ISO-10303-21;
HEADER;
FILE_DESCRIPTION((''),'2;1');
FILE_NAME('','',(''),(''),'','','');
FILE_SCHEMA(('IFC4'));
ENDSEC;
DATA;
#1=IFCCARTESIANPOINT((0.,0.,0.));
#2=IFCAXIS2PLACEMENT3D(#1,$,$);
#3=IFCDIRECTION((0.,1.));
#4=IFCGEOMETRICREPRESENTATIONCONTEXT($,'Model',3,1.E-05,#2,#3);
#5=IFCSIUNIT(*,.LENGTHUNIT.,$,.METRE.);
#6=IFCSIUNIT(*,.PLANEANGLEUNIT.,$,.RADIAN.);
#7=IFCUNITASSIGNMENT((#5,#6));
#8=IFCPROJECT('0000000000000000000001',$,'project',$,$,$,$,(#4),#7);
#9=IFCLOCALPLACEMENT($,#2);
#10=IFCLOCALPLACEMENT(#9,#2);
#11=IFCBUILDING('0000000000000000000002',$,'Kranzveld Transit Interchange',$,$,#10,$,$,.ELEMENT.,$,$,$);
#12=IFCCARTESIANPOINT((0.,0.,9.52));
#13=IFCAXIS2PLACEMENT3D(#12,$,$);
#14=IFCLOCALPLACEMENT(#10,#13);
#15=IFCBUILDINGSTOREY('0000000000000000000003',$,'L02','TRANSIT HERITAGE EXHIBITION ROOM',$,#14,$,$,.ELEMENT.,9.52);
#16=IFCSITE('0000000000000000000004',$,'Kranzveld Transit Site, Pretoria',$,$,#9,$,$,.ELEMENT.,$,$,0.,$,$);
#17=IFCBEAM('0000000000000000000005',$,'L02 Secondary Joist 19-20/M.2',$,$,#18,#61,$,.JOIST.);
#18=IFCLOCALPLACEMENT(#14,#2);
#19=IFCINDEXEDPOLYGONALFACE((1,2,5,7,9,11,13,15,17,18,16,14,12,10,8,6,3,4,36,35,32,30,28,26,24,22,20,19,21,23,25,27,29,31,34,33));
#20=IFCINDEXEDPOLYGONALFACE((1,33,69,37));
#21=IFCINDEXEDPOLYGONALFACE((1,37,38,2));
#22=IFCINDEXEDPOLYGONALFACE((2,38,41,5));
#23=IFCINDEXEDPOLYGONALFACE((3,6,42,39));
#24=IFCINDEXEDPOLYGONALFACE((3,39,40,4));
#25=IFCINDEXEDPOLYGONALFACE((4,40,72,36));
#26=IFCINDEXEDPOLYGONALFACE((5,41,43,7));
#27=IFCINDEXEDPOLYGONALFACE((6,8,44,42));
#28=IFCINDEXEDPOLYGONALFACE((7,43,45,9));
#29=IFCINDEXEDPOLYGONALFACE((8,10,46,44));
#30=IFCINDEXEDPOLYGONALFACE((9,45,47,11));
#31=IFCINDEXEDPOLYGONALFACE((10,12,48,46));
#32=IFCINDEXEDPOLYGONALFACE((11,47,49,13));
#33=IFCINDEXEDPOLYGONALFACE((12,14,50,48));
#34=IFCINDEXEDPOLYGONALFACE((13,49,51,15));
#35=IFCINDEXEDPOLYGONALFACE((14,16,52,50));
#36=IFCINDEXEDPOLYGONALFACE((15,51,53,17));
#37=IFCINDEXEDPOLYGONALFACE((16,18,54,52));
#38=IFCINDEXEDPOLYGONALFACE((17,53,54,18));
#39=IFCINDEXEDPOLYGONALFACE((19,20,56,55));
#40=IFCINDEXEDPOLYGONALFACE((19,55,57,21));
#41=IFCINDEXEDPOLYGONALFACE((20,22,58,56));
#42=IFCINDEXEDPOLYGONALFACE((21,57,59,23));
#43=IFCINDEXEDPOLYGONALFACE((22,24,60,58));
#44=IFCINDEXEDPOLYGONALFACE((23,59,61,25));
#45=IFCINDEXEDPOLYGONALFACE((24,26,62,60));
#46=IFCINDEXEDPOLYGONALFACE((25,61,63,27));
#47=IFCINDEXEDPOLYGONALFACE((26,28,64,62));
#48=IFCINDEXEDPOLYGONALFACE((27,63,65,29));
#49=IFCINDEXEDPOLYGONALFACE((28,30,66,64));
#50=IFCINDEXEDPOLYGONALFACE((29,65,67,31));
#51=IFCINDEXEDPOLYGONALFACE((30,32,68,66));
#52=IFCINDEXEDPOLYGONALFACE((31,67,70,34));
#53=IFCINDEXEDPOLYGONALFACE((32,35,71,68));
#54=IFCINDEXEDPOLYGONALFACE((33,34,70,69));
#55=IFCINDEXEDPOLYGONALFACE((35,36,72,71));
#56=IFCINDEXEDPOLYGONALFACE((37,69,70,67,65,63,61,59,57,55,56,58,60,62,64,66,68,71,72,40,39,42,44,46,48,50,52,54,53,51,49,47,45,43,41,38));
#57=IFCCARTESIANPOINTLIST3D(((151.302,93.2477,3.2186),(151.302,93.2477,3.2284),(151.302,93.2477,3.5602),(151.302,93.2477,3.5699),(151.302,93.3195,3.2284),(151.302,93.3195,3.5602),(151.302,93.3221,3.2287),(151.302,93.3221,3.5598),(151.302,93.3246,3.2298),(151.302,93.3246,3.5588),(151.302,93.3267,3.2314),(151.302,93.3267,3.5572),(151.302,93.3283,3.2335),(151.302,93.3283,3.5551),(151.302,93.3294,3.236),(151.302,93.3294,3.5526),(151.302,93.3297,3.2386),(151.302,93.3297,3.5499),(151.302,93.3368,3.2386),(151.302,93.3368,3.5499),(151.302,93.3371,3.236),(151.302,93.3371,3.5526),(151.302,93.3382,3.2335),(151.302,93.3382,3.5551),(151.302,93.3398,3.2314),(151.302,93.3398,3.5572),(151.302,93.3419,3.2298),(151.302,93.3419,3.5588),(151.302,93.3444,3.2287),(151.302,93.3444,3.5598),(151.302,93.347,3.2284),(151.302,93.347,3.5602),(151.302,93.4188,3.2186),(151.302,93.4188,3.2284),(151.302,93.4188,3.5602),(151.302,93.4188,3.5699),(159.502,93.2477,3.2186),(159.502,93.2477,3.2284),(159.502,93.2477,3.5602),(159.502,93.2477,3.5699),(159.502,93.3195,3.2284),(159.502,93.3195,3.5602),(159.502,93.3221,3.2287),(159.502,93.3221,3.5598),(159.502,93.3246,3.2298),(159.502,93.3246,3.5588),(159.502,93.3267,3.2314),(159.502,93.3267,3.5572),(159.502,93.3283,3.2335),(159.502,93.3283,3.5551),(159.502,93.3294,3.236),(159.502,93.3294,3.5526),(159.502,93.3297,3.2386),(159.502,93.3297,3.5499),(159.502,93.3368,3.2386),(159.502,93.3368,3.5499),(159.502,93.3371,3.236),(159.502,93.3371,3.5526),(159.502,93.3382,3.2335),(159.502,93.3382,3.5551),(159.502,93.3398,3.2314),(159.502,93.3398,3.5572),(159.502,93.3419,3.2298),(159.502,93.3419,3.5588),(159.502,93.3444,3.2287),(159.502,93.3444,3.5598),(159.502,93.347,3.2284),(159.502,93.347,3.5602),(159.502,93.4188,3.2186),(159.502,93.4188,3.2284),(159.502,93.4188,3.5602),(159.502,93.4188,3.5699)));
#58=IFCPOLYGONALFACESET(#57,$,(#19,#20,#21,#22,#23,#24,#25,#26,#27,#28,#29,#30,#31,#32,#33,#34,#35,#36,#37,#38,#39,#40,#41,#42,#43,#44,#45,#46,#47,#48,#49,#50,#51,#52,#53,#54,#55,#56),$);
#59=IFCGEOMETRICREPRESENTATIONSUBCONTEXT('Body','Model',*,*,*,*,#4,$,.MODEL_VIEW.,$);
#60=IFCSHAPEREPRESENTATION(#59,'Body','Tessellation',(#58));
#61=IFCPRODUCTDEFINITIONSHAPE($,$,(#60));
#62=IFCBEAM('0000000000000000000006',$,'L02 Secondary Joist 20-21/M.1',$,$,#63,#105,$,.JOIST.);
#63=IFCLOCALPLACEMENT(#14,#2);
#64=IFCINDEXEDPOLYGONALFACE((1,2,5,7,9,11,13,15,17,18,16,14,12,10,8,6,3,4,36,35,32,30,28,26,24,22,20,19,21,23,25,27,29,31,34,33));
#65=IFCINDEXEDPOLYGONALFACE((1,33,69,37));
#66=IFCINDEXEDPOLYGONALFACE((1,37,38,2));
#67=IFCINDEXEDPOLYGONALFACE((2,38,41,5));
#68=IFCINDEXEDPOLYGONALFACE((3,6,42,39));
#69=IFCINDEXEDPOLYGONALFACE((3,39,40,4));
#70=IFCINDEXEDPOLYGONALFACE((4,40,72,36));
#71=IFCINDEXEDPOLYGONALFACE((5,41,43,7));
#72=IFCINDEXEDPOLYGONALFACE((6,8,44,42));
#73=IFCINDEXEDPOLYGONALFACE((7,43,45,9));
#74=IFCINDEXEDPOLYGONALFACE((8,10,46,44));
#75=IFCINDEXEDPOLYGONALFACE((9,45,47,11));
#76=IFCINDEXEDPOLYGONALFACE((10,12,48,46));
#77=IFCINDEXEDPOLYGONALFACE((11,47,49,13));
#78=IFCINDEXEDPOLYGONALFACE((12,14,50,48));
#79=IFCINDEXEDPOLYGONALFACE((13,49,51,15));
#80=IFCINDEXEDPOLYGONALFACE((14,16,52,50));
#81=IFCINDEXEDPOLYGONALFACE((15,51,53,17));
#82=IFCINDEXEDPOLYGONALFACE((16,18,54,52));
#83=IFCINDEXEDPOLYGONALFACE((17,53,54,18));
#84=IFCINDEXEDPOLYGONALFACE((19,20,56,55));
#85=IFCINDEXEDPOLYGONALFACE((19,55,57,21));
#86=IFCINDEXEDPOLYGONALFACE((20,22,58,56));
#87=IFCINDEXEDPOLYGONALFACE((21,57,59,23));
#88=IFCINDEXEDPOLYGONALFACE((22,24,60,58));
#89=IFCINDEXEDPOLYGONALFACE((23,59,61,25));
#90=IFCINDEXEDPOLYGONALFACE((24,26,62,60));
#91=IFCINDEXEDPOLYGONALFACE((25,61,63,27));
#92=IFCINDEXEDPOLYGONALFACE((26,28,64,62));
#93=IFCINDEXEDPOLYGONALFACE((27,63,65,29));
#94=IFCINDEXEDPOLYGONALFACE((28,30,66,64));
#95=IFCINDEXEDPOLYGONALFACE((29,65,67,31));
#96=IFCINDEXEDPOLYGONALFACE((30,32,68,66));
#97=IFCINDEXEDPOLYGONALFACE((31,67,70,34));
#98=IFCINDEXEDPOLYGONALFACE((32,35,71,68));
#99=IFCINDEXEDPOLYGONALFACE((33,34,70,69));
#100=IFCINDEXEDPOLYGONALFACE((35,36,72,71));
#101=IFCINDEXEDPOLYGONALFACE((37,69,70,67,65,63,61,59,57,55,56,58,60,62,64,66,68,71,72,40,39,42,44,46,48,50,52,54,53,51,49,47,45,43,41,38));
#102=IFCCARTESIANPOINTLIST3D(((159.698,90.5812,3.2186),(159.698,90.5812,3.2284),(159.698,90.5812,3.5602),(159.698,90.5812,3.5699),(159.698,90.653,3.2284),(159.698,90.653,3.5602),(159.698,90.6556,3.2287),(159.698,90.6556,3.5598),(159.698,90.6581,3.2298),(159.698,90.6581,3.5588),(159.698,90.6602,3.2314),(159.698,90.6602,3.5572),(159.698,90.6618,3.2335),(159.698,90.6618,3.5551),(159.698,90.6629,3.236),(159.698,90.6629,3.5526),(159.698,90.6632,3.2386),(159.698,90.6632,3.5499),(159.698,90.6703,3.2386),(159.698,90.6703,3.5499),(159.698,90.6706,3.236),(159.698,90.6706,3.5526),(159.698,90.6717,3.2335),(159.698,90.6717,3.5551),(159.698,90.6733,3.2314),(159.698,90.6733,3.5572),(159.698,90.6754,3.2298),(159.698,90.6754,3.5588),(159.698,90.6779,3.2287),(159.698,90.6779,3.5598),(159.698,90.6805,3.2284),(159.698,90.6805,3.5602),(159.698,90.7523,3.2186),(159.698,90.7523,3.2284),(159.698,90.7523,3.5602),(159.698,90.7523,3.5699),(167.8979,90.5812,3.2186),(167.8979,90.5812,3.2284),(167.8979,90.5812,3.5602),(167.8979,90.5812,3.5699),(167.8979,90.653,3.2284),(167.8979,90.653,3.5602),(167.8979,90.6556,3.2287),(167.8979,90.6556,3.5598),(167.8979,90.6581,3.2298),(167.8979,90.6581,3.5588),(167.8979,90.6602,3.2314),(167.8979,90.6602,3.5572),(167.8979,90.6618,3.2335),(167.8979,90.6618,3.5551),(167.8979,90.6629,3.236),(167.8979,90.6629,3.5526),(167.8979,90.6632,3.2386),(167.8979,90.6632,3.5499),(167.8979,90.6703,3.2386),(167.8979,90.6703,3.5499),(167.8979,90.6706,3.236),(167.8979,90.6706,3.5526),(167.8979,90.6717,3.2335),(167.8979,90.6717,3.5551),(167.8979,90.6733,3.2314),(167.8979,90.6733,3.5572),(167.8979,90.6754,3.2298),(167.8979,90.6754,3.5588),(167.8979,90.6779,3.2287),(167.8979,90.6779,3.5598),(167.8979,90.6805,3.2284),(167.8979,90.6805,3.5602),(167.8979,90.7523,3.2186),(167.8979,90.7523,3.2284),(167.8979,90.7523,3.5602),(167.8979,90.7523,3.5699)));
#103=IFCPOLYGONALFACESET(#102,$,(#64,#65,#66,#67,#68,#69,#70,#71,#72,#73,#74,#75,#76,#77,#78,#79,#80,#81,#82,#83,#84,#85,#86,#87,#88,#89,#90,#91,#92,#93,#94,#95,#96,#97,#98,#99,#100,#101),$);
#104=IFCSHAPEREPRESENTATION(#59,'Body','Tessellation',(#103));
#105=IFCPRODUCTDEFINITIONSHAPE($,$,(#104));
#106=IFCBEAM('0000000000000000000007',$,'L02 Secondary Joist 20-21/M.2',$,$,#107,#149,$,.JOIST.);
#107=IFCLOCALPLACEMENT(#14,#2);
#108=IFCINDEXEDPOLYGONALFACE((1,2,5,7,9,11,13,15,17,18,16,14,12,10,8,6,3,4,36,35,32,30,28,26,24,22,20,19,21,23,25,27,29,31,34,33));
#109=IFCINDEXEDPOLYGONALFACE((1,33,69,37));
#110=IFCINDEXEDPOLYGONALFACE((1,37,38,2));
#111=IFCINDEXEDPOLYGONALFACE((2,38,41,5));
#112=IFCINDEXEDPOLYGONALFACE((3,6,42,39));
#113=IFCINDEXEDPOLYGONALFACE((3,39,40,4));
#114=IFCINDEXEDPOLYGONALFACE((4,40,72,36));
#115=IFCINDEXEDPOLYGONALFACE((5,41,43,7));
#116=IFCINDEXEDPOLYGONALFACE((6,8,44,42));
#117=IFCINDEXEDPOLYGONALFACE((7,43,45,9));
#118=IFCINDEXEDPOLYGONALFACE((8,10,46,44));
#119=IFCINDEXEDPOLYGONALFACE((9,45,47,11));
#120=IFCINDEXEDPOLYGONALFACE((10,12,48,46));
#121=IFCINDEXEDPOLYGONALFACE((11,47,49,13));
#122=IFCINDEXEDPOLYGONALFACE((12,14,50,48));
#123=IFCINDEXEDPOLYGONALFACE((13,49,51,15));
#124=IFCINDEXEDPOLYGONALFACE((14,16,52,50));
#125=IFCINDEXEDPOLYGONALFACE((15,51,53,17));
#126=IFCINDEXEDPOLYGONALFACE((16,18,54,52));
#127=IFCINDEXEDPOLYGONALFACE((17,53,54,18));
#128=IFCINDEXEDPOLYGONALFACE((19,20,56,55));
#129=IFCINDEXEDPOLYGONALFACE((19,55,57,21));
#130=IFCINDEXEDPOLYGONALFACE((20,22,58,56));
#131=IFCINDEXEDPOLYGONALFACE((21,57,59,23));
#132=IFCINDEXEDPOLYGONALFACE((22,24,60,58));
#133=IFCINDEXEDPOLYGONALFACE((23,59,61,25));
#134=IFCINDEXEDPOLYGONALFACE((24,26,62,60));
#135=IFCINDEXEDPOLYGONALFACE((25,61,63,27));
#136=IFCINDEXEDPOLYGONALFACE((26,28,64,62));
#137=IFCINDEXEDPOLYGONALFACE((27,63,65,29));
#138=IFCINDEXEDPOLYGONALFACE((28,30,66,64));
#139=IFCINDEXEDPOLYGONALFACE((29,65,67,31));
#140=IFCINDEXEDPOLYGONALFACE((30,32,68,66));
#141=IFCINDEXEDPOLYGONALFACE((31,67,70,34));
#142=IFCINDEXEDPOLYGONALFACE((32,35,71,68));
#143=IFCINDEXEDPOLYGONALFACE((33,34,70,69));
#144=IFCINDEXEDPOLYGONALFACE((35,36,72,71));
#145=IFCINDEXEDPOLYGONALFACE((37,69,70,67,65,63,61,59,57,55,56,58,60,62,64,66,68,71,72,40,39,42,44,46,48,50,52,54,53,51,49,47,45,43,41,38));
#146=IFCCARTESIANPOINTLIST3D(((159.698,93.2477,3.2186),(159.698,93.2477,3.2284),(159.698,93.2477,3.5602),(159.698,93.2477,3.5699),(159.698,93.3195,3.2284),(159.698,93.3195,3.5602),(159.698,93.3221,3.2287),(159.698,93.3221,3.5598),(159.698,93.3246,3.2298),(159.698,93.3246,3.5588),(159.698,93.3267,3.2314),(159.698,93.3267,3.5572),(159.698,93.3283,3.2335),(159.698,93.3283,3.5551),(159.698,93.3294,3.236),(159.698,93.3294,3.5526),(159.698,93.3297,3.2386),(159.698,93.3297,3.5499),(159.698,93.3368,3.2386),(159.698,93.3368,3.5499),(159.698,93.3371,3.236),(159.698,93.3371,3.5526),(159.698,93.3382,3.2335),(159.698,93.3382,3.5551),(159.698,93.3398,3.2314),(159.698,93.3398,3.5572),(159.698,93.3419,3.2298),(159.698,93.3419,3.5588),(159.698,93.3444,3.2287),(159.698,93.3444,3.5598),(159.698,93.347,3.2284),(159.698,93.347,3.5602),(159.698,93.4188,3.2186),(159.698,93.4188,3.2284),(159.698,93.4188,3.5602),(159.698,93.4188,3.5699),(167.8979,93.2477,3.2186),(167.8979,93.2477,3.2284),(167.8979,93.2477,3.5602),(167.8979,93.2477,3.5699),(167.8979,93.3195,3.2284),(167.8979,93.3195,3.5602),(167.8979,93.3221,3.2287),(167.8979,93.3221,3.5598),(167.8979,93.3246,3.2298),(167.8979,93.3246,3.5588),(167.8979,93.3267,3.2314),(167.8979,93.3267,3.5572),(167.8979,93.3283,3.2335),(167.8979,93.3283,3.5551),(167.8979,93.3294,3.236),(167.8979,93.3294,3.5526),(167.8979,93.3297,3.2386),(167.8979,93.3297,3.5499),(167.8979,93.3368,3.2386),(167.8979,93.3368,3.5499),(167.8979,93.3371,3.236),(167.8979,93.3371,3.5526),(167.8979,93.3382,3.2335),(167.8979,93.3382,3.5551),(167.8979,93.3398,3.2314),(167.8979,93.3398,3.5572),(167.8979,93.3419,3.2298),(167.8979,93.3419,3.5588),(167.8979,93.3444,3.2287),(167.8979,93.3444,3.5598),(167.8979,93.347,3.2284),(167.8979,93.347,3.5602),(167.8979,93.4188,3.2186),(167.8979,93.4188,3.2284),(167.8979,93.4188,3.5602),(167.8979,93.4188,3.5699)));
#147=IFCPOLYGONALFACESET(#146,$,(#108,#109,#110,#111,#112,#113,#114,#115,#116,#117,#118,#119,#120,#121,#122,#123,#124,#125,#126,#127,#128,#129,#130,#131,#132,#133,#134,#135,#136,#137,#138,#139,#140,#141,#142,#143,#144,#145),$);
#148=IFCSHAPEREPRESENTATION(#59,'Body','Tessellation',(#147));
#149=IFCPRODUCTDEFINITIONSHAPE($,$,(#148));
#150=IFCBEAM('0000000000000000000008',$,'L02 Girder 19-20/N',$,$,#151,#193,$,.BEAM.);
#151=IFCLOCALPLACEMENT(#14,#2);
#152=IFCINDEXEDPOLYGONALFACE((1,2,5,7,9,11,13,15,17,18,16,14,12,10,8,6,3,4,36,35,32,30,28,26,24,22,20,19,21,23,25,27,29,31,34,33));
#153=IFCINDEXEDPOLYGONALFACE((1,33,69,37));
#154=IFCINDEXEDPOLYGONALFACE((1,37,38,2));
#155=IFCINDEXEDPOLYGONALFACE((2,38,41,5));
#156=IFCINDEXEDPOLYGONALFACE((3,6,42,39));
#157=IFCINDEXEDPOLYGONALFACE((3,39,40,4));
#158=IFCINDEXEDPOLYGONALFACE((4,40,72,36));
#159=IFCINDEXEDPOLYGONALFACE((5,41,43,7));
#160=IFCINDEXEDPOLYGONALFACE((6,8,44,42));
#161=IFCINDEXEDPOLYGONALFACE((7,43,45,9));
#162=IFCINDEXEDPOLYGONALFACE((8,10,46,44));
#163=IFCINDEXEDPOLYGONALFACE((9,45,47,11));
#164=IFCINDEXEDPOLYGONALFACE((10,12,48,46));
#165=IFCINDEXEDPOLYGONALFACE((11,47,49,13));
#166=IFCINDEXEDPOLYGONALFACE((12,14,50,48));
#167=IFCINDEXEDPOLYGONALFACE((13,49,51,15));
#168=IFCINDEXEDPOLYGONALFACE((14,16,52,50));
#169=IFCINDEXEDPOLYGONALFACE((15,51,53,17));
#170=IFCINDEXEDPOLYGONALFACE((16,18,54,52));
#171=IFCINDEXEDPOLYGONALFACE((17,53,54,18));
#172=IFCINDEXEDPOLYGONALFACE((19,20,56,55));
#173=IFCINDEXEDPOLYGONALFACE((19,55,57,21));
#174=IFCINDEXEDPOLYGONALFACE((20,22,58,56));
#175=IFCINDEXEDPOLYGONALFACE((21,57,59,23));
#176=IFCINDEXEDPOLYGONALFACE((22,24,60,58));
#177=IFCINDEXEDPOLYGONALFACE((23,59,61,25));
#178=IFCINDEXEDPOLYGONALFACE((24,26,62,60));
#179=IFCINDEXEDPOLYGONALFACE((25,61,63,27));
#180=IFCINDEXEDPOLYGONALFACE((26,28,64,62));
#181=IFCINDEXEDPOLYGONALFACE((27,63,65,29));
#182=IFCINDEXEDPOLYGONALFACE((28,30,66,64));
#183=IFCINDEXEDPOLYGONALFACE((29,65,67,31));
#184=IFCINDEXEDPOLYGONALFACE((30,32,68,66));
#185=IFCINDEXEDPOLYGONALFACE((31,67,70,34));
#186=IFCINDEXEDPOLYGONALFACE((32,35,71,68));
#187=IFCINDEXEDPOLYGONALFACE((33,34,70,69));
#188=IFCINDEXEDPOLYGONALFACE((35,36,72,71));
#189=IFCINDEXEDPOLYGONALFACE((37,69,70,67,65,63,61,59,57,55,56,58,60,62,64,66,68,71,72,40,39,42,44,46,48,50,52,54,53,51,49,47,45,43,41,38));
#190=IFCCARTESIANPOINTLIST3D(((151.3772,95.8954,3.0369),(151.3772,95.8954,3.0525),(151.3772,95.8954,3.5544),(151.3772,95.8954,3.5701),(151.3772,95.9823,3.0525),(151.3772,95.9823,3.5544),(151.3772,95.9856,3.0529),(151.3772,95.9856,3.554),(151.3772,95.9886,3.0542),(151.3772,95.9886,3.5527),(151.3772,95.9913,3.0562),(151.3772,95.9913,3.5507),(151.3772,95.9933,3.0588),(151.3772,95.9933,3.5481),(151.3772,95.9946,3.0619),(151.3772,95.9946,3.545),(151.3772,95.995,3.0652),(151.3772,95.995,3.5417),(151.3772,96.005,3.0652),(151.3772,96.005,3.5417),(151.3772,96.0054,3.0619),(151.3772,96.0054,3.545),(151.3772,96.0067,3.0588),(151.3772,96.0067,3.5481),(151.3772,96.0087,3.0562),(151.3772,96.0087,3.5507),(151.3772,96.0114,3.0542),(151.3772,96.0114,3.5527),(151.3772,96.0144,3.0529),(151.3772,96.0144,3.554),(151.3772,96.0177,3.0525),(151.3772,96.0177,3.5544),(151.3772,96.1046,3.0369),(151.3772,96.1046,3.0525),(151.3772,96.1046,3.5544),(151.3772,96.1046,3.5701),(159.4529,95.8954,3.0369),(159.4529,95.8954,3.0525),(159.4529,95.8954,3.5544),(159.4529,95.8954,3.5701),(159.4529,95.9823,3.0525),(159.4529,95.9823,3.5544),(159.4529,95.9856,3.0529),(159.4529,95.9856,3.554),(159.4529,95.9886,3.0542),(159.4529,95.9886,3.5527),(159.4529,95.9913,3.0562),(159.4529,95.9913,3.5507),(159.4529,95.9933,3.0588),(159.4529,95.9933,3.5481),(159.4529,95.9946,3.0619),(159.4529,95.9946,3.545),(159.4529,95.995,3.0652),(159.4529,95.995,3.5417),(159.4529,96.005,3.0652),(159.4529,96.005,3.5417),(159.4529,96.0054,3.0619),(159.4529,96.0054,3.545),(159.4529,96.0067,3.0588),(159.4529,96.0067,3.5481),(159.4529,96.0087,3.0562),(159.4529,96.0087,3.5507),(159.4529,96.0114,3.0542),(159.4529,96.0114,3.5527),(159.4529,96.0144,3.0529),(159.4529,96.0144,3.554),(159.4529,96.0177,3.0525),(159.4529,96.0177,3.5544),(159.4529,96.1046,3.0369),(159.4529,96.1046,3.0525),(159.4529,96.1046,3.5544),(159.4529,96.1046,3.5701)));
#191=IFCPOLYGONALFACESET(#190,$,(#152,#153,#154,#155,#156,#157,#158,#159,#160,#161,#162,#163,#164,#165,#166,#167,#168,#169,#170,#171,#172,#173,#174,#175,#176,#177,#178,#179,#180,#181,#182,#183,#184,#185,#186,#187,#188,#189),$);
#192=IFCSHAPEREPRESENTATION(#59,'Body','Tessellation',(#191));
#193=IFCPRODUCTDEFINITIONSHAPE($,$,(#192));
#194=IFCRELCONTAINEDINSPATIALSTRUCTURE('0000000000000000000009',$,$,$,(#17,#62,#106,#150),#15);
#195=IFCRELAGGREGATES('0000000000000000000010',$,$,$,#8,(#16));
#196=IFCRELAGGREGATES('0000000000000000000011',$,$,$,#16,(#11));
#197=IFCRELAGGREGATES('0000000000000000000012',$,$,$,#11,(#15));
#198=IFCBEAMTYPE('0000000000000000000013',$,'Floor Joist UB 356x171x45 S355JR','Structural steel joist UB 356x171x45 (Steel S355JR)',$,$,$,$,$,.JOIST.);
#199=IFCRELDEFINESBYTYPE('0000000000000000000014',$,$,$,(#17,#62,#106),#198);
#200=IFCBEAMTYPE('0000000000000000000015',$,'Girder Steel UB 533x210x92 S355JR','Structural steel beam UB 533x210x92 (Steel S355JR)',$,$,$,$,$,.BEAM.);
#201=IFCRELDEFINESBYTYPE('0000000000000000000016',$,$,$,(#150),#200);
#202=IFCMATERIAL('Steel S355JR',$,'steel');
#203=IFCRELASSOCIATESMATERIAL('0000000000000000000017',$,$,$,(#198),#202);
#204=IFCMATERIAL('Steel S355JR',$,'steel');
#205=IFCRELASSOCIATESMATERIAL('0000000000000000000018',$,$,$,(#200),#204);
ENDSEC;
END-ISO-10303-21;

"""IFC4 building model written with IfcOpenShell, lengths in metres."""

from ifc_helpers import new_model, si_unit, direction, frame, origin, origin_2d, place, context, subcontext, project, spatial, i_section, extrude, material, material_profile, profile_set, type_object, element, save


model = new_model("IFC4")

# Units and contexts
model_context = context("Model", 3, precision=1e-05, world=origin(), true_north=direction((0.0, 1.0)))
body_context = subcontext(model_context, "Body", "Model", "MODEL_VIEW")
ifc_project = project(units=[si_unit("LENGTHUNIT", "METRE"), si_unit("PLANEANGLEUNIT", "RADIAN")], contexts=[model_context])

# Site, building, storey
site_placement = place(None, origin())
site = spatial("IfcSite", under=ifc_project, at=site_placement, Name="Kranzveld Transit Site, Pretoria", CompositionType="ELEMENT", RefElevation=0.0)
building_placement = place(site_placement, origin())
building = spatial("IfcBuilding", under=site, at=building_placement, Name="Kranzveld Transit Interchange", CompositionType="ELEMENT")
storey_placement = place(building_placement, frame((0.0, 0.0, 9.52)))
storey = spatial("IfcBuildingStorey", under=building, at=storey_placement, Name="L02", Description="TRANSIT HERITAGE EXHIBITION ROOM", CompositionType="ELEMENT", Elevation=9.52)

# Beams
ifc_material_1 = material(Name="Steel S355JR", Category="steel")
ifc_material_profile_1 = material_profile(ifc_material_1, i_section(OverallWidth=0.1711, OverallDepth=0.3513, WebThickness=0.0071, FlangeThickness=0.0098, FilletRadius=0.0103, at=origin_2d()), Name="UB 356x171x45")
ifc_profile_set_1 = profile_set([ifc_material_profile_1], Name="Steel S355JR")
beam_type_1 = type_object("IfcBeamType", Name="Floor Joist UB 356x171x45 S355JR", Description="Structural steel joist UB 356x171x45 (Steel S355JR)", PredefinedType="JOIST", material=ifc_profile_set_1)
for number, where, z_axis, x_axis, name in (
    (1, (151.302, 93.3333, 3.3943), (1.0, 0.0, 0.0), (0.0, 1.0, 0.0), "L02 Secondary Joist 19-20/M.2"),
    (2, (159.698, 90.6667, 3.3943), (1.0, 0.0, 0.0), (0.0, 1.0, 0.0), "L02 Secondary Joist 20-21/M.1"),
    (3, (159.698, 93.3333, 3.3943), (1.0, 0.0, 0.0), (0.0, 1.0, 0.0), "L02 Secondary Joist 20-21/M.2"),
):
    element("IfcBeam", number, at=place(storey_placement, frame(where, z_axis=z_axis, x_axis=x_axis)), inside=storey, type_object=beam_type_1, Name=name, PredefinedType="JOIST", context=body_context, shape_type="SweptSolid", body=[
        extrude(i_section(OverallWidth=0.1711, OverallDepth=0.3513, WebThickness=0.0071, FlangeThickness=0.0098, FilletRadius=0.0103, at=origin_2d()), origin(), (0.0, 0.0, 1.0), 8.2),
    ])
ifc_material_2 = material(Name="Steel S355JR", Category="steel")
ifc_material_profile_2 = material_profile(ifc_material_2, i_section(OverallWidth=0.2092, OverallDepth=0.5332, WebThickness=0.01, FlangeThickness=0.0156, FilletRadius=0.0127, at=origin_2d()), Name="UB 533x210x92")
ifc_profile_set_2 = profile_set([ifc_material_profile_2], Name="Steel S355JR")
beam_type_2 = type_object("IfcBeamType", Name="Girder Steel UB 533x210x92 S355JR", Description="Structural steel beam UB 533x210x92 (Steel S355JR)", PredefinedType="BEAM", material=ifc_profile_set_2)
beam_1_placement = place(storey_placement, frame((151.3772, 96.0, 3.3035), z_axis=(1.0, 0.0, 0.0), x_axis=(0.0, 1.0, 0.0)))
element("IfcBeam", 4, at=beam_1_placement, inside=storey, type_object=beam_type_2, Name="L02 Girder 19-20/N", PredefinedType="BEAM", context=body_context, shape_type="SweptSolid", body=[
    extrude(i_section(OverallWidth=0.2092, OverallDepth=0.5332, WebThickness=0.01, FlangeThickness=0.0156, FilletRadius=0.0127, at=origin_2d()), origin(), (0.0, 0.0, 1.0), 8.0757),
])

save(model, "model.ifc")
